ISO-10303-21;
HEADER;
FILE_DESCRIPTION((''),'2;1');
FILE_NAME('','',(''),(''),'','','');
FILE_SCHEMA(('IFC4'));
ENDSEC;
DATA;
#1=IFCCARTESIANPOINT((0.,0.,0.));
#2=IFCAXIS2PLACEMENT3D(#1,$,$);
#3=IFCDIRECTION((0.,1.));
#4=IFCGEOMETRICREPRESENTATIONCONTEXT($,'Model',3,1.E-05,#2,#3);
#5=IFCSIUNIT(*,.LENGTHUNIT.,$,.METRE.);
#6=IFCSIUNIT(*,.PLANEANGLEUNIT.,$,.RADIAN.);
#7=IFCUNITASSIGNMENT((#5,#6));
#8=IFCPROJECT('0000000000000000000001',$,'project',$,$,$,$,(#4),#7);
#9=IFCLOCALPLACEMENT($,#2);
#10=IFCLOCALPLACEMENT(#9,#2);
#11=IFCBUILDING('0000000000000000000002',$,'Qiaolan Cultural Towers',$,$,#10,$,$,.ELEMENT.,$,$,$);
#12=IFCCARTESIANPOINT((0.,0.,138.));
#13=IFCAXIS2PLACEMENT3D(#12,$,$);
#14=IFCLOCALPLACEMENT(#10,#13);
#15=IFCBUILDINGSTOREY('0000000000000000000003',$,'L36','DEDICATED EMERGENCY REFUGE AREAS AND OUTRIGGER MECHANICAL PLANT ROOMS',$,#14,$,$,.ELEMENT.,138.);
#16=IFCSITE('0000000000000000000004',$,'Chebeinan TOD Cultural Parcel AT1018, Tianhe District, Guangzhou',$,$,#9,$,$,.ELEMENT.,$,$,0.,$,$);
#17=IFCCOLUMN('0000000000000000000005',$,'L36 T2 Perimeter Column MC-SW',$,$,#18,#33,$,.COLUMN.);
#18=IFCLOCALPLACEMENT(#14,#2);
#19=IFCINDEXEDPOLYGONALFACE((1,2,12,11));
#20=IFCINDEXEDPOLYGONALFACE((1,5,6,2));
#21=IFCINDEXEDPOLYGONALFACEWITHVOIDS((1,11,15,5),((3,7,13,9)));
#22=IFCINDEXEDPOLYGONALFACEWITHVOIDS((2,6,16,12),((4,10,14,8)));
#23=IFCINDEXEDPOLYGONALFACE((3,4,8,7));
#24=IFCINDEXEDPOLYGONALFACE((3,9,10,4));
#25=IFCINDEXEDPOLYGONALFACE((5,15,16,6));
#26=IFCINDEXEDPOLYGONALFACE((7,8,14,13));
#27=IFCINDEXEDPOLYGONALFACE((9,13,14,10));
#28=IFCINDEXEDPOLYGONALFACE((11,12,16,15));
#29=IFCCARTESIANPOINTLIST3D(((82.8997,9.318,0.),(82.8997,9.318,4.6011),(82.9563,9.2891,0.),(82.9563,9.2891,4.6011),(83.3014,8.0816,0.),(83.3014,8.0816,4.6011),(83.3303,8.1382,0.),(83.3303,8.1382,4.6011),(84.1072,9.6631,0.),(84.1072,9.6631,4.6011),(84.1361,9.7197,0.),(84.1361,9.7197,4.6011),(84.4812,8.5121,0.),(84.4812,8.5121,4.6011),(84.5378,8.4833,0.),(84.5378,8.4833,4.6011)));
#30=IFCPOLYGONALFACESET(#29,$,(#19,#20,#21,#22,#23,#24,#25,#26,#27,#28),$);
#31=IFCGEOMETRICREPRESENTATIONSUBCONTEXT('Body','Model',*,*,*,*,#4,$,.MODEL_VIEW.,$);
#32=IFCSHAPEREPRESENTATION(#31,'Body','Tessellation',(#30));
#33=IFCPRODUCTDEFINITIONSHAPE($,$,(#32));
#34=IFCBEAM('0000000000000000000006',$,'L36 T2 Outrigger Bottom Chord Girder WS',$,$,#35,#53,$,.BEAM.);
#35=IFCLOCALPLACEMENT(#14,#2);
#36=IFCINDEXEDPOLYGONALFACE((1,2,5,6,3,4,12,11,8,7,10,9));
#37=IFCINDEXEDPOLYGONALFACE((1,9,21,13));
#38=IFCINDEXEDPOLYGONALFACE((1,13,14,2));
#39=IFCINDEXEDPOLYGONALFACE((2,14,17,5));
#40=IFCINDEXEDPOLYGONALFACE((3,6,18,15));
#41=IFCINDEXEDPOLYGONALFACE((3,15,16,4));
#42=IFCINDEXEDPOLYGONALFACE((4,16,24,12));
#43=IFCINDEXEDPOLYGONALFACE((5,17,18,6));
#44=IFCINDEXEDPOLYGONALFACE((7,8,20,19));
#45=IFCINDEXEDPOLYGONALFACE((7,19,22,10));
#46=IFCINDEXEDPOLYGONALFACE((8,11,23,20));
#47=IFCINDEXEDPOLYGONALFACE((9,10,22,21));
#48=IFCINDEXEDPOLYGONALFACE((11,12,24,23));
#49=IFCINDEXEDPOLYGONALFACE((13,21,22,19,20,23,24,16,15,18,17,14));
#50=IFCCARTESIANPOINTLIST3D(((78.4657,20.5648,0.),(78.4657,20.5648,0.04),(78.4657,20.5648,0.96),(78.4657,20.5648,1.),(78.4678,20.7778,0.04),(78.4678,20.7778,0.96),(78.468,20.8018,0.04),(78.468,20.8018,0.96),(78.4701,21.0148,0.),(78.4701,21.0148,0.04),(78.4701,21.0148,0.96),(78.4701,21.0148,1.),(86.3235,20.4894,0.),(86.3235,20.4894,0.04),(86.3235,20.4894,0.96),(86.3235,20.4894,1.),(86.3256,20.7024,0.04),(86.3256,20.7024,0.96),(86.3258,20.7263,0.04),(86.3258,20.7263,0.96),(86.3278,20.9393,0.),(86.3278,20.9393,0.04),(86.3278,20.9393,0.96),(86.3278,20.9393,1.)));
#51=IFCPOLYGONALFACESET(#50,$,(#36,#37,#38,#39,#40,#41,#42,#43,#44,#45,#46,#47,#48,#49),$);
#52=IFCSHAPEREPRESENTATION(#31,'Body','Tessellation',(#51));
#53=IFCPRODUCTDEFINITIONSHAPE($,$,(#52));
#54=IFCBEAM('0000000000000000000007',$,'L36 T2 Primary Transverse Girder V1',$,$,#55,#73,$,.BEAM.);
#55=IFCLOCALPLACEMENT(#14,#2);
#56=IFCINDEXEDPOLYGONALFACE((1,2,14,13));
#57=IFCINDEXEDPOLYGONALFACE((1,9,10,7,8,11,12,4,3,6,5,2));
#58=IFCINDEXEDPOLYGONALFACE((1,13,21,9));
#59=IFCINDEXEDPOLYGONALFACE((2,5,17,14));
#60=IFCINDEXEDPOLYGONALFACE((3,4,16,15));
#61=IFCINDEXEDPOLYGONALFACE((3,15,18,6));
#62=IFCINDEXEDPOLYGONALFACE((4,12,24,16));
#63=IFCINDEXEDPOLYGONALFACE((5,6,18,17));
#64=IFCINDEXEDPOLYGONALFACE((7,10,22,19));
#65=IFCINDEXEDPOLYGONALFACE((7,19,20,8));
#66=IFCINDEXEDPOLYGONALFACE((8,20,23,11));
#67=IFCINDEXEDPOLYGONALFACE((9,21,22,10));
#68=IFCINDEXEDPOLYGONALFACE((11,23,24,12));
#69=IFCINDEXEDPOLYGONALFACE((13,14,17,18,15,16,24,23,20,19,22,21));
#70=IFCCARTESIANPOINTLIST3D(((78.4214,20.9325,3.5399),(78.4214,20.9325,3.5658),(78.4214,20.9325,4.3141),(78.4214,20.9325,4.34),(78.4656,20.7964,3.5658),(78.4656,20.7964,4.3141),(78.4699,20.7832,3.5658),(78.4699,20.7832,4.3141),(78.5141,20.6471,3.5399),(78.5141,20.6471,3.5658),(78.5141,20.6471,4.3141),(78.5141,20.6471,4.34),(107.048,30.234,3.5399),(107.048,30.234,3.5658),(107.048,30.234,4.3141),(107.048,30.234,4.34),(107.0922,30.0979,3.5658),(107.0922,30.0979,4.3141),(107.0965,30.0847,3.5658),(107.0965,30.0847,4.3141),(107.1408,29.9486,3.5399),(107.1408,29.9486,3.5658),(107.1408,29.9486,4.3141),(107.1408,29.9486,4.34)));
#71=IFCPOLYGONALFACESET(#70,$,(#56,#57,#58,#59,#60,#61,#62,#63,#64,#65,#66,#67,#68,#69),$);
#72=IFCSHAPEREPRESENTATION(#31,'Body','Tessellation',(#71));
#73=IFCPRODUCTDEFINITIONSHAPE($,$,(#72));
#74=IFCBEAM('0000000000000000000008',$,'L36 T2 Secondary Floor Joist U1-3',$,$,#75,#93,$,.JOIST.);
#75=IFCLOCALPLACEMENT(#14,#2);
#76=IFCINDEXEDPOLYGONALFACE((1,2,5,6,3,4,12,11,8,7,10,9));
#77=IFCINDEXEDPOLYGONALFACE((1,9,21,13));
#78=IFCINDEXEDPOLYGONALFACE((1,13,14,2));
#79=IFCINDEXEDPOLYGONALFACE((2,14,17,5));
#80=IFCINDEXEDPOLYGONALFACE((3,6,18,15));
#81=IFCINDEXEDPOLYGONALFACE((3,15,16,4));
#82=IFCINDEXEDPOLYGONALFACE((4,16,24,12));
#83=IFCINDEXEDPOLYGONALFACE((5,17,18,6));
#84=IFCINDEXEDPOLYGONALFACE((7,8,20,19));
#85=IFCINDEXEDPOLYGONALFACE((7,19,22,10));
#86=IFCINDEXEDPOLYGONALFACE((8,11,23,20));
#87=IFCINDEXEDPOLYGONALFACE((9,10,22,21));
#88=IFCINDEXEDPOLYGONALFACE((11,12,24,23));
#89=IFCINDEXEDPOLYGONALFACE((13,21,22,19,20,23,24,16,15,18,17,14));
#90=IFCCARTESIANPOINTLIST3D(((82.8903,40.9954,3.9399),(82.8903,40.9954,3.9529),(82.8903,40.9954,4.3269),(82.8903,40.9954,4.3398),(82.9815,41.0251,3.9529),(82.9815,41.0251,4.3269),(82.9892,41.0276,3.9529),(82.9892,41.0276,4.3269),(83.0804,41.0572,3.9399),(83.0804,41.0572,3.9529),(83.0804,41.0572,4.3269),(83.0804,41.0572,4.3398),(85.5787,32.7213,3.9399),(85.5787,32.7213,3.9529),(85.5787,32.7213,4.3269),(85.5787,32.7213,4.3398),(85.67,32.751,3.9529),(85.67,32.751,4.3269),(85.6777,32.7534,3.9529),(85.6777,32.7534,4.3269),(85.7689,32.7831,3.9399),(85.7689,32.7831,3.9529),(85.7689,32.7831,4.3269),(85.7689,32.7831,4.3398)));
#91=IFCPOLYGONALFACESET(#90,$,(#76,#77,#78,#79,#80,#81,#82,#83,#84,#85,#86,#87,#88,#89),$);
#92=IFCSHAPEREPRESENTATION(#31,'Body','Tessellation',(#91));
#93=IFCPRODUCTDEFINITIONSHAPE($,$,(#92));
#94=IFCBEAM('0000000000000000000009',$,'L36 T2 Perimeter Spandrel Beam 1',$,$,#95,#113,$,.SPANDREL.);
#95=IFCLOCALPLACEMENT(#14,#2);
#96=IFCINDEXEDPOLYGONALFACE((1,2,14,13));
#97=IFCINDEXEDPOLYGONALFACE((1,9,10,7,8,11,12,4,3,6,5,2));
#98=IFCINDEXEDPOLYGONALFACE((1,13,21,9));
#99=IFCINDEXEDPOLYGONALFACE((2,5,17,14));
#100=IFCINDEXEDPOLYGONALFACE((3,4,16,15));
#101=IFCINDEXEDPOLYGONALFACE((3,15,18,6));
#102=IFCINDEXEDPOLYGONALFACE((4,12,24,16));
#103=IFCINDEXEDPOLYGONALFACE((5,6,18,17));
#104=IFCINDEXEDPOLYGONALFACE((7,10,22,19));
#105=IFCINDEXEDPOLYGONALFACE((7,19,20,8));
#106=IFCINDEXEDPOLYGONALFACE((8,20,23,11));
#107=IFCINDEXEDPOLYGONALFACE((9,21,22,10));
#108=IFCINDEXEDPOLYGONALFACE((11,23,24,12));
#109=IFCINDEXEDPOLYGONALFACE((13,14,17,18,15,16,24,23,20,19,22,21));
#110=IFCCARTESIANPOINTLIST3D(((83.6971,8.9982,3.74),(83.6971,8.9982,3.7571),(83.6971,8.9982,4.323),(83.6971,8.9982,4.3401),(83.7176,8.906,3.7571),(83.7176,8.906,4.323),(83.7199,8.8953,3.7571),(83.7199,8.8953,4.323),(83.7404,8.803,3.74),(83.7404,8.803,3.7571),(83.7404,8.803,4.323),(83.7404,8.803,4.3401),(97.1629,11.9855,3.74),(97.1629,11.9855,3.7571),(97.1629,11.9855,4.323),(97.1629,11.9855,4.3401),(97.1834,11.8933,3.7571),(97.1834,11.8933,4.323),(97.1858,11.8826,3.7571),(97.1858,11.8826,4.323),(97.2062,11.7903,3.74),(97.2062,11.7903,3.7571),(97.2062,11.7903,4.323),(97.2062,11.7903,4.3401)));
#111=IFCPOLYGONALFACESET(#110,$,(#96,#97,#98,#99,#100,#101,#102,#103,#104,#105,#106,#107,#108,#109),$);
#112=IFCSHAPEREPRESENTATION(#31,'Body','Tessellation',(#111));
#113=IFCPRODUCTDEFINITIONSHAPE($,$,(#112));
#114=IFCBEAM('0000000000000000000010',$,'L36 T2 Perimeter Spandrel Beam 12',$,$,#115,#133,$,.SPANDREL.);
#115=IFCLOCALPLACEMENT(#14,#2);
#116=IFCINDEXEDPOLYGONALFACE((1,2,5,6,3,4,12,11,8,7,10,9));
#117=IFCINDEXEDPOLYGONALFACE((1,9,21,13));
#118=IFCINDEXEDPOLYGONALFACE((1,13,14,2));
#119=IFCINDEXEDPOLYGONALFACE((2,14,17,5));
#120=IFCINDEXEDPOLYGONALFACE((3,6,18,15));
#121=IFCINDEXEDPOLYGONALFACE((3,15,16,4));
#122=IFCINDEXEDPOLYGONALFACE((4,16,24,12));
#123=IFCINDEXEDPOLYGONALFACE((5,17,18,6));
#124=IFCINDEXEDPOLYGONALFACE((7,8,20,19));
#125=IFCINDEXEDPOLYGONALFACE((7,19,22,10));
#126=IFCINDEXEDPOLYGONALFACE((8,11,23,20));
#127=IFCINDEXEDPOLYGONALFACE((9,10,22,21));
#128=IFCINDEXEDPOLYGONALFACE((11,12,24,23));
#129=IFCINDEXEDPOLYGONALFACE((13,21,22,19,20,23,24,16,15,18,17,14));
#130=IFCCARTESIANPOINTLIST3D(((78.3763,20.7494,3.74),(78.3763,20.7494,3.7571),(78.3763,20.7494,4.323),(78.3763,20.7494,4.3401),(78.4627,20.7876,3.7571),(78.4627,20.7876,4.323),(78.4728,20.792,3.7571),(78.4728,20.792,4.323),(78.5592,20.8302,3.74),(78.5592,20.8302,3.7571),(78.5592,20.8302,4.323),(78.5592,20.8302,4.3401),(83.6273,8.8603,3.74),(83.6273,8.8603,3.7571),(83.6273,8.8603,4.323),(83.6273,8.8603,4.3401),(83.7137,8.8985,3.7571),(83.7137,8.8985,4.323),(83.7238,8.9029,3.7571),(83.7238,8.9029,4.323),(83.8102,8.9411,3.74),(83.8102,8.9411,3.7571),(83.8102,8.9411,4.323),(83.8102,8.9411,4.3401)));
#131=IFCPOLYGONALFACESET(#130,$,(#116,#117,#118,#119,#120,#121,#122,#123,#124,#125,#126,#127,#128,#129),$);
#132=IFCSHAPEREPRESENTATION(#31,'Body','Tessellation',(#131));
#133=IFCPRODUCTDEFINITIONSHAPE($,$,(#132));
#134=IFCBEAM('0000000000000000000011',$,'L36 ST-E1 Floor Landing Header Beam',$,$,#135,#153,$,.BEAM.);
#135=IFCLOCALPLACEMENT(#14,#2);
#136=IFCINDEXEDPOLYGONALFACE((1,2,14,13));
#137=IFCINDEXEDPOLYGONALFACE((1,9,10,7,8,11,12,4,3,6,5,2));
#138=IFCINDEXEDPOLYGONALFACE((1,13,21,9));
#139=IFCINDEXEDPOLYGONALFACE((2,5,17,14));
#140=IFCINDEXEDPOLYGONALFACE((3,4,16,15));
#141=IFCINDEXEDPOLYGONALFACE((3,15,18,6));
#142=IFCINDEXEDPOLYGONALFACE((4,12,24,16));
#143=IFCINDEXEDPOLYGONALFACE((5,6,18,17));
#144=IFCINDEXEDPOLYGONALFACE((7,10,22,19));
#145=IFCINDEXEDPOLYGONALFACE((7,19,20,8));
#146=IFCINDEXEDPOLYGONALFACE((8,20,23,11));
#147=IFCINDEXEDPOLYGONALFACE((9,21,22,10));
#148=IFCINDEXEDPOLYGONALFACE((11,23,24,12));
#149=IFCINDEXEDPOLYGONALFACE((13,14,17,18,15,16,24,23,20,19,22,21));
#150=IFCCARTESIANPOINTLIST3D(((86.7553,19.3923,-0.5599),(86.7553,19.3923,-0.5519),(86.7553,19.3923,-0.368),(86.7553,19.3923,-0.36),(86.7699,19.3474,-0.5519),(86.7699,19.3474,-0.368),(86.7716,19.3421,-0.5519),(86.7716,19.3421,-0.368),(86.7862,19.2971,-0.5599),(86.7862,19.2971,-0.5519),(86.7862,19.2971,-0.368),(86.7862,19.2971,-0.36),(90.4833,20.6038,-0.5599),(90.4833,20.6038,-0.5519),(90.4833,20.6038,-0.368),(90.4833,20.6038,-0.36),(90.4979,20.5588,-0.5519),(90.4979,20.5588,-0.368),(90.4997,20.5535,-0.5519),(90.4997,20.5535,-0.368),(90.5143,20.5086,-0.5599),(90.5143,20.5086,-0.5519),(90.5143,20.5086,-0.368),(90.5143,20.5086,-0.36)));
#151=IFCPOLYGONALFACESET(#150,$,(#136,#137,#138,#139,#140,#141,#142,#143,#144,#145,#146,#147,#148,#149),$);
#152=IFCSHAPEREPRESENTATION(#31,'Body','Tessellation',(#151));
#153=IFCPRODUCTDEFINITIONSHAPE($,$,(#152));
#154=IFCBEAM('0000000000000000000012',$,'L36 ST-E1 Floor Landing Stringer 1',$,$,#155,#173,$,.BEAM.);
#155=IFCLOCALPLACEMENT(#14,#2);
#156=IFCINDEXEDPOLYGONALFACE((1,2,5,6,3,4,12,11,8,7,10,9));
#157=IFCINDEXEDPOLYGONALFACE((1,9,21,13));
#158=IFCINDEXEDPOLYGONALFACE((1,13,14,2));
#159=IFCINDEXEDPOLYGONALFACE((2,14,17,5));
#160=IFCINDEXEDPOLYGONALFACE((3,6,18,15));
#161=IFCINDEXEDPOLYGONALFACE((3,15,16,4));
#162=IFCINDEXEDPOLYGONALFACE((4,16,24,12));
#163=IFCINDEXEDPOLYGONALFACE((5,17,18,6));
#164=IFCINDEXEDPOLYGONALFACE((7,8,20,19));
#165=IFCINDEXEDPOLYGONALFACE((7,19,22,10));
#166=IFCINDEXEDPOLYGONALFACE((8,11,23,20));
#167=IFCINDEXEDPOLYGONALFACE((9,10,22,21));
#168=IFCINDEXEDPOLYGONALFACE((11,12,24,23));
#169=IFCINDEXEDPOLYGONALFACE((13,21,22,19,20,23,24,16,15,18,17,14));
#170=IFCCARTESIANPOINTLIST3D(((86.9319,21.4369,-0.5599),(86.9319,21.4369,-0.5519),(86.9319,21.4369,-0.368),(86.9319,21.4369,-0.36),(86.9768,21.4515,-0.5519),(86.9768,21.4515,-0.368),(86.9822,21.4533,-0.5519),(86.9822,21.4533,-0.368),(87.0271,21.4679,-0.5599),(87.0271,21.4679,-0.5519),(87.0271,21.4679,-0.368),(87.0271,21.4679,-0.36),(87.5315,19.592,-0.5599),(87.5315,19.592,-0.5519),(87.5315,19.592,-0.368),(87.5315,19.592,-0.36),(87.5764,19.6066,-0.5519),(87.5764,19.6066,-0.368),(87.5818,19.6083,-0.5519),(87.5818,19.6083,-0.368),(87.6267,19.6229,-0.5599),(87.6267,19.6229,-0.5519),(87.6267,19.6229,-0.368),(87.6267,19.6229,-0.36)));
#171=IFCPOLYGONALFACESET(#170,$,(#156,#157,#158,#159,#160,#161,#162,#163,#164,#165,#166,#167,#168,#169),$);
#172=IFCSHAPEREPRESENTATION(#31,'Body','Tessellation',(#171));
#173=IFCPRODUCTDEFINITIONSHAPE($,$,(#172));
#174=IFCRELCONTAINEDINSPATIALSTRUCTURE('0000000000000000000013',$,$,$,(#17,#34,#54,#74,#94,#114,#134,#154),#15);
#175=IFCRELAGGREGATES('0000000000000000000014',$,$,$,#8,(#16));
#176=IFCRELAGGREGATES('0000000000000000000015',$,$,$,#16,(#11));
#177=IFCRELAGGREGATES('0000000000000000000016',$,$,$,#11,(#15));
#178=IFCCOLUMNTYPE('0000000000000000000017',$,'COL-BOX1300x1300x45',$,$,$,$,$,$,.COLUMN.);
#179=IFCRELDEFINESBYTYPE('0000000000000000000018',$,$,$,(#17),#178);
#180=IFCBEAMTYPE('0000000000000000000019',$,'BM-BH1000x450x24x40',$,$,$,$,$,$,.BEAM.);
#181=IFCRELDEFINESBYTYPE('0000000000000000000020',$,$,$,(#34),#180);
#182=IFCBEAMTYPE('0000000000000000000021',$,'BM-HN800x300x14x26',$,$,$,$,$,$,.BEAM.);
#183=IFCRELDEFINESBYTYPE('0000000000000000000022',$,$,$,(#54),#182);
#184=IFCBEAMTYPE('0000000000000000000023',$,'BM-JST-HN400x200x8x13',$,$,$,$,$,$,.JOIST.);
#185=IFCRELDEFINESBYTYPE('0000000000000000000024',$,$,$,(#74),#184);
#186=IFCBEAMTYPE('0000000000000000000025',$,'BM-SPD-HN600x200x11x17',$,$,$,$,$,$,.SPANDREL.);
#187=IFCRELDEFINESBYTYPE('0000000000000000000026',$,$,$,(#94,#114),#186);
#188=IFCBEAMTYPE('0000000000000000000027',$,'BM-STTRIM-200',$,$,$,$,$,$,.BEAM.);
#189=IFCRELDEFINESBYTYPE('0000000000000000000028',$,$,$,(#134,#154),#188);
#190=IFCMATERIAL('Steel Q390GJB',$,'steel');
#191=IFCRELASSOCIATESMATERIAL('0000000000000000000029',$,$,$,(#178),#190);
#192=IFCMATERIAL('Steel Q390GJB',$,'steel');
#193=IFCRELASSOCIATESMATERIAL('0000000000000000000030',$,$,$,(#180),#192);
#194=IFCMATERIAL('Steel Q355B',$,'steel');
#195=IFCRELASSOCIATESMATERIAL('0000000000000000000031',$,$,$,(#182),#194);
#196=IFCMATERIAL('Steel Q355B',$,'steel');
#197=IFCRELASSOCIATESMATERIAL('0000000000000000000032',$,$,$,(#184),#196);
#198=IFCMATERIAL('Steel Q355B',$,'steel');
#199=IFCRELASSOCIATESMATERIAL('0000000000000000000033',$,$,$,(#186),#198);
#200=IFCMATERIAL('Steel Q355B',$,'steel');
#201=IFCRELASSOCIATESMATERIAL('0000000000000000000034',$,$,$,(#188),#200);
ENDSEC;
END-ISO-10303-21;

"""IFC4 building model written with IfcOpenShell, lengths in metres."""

from ifc_helpers import new_model, si_unit, direction, frame, origin, origin_2d, place, context, subcontext, project, spatial, hollow_rectangle, i_section, extrude, material, material_profile, profile_set, type_object, element, save


model = new_model("IFC4")

# Units and contexts
model_context = context("Model", 3, precision=1e-05, world=origin(), true_north=direction((0.0, 1.0)))
body_context = subcontext(model_context, "Body", "Model", "MODEL_VIEW")
ifc_project = project(units=[si_unit("LENGTHUNIT", "METRE"), si_unit("PLANEANGLEUNIT", "RADIAN")], contexts=[model_context])

# Site, building, storey
site_placement = place(None, origin())
site = spatial("IfcSite", under=ifc_project, at=site_placement, Name="Chebeinan TOD Cultural Parcel AT1018, Tianhe District, Guangzhou", CompositionType="ELEMENT", RefElevation=0.0)
building_placement = place(site_placement, origin())
building = spatial("IfcBuilding", under=site, at=building_placement, Name="Qiaolan Cultural Towers", CompositionType="ELEMENT")
storey_placement = place(building_placement, frame((0.0, 0.0, 138.0)))
storey = spatial("IfcBuildingStorey", under=building, at=storey_placement, Name="L36", Description="DEDICATED EMERGENCY REFUGE AREAS AND OUTRIGGER MECHANICAL PLANT ROOMS", CompositionType="ELEMENT", Elevation=138.0)

# Column
ifc_material_1 = material(Name="Steel Q390GJB", Category="steel")
ifc_material_profile_1 = material_profile(ifc_material_1, hollow_rectangle(XDim=1.3, YDim=1.3, WallThickness=0.0449, at=origin_2d()), Name="BOX1300x1300x45")
ifc_profile_set_1 = profile_set([ifc_material_profile_1], Name="Steel Q390GJB")
column_type = type_object("IfcColumnType", Name="COL-BOX1300x1300x45", PredefinedType="COLUMN", material=ifc_profile_set_1)
column_placement = place(storey_placement, frame((83.7188, 8.9006, 0.0), z_axis=(0.0, 0.0, 1.0), x_axis=(0.951057, 0.309017, 0.0)))
element("IfcColumn", 1, at=column_placement, inside=storey, type_object=column_type, Name="L36 T2 Perimeter Column MC-SW", PredefinedType="COLUMN", context=body_context, shape_type="SweptSolid", body=[
    extrude(hollow_rectangle(XDim=1.3, YDim=1.3, WallThickness=0.0449, at=origin_2d()), origin(), (0.0, 0.0, 1.0), 4.6011),
])

# Beams
ifc_material_2 = material(Name="Steel Q390GJB", Category="steel")
ifc_material_profile_2 = material_profile(ifc_material_2, i_section(OverallWidth=0.45, OverallDepth=1.0, WebThickness=0.0239, FlangeThickness=0.04, at=origin_2d()), Name="BH1000x450x24x40")
ifc_profile_set_2 = profile_set([ifc_material_profile_2], Name="Steel Q390GJB")
beam_type_1 = type_object("IfcBeamType", Name="BM-BH1000x450x24x40", PredefinedType="BEAM", material=ifc_profile_set_2)
beam_1_placement = place(storey_placement, frame((86.3257, 20.7144, 0.5), z_axis=(-0.999954, 0.0096, 0.0), x_axis=(-0.0096, -0.999954, 0.0)))
element("IfcBeam", 2, at=beam_1_placement, inside=storey, type_object=beam_type_1, Name="L36 T2 Outrigger Bottom Chord Girder WS", PredefinedType="BEAM", context=body_context, shape_type="SweptSolid", body=[
    extrude(i_section(OverallWidth=0.45, OverallDepth=1.0, WebThickness=0.0239, FlangeThickness=0.04, at=origin_2d()), origin(), (0.0, 0.0, 1.0), 7.8582),
])
ifc_material_3 = material(Name="Steel Q355B", Category="steel")
ifc_material_profile_3 = material_profile(ifc_material_3, i_section(OverallWidth=0.3, OverallDepth=0.8, WebThickness=0.0139, FlangeThickness=0.0259, at=origin_2d()), Name="HN800x300x14x26")
ifc_profile_set_3 = profile_set([ifc_material_profile_3], Name="Steel Q355B")
beam_type_2 = type_object("IfcBeamType", Name="BM-HN800x300x14x26", PredefinedType="BEAM", material=ifc_profile_set_3)
beam_2_placement = place(storey_placement, frame((78.4678, 20.7898, 3.9399), z_axis=(0.951055, 0.309021, 0.0), x_axis=(-0.309021, 0.951055, 0.0)))
element("IfcBeam", 3, at=beam_2_placement, inside=storey, type_object=beam_type_2, Name="L36 T2 Primary Transverse Girder V1", PredefinedType="BEAM", context=body_context, shape_type="SweptSolid", body=[
    extrude(i_section(OverallWidth=0.3, OverallDepth=0.8, WebThickness=0.0139, FlangeThickness=0.0259, at=origin_2d()), origin(), (0.0, 0.0, 1.0), 30.0999),
])
ifc_material_4 = material(Name="Steel Q355B", Category="steel")
ifc_material_profile_4 = material_profile(ifc_material_4, i_section(OverallWidth=0.2, OverallDepth=0.3999, WebThickness=0.0081, FlangeThickness=0.0129, at=origin_2d()), Name="HN400x200x8x13")
ifc_profile_set_4 = profile_set([ifc_material_profile_4], Name="Steel Q355B")
beam_type_3 = type_object("IfcBeamType", Name="BM-JST-HN400x200x8x13", PredefinedType="JOIST", material=ifc_profile_set_4)
beam_3_placement = place(storey_placement, frame((85.6738, 32.7522, 4.1399), z_axis=(-0.309021, 0.951055, 0.0), x_axis=(-0.951055, -0.309021, 0.0)))
element("IfcBeam", 4, at=beam_3_placement, inside=storey, type_object=beam_type_3, Name="L36 T2 Secondary Floor Joist U1-3", PredefinedType="JOIST", context=body_context, shape_type="SweptSolid", body=[
    extrude(i_section(OverallWidth=0.2, OverallDepth=0.3999, WebThickness=0.0081, FlangeThickness=0.0129, at=origin_2d()), origin(), (0.0, 0.0, 1.0), 8.7),
])
ifc_material_5 = material(Name="Steel Q355B", Category="steel")
ifc_material_profile_5 = material_profile(ifc_material_5, i_section(OverallWidth=0.2, OverallDepth=0.6001, WebThickness=0.011, FlangeThickness=0.0171, at=origin_2d()), Name="HN600x200x11x17")
ifc_profile_set_5 = profile_set([ifc_material_profile_5], Name="Steel Q355B")
beam_type_4 = type_object("IfcBeamType", Name="BM-SPD-HN600x200x11x17", PredefinedType="SPANDREL", material=ifc_profile_set_5)
beam_4_placement = place(storey_placement, frame((83.7188, 8.9006, 4.04), z_axis=(0.976265, 0.216578, 0.0), x_axis=(-0.216578, 0.976265, 0.0)))
element("IfcBeam", 5, at=beam_4_placement, inside=storey, type_object=beam_type_4, Name="L36 T2 Perimeter Spandrel Beam 1", PredefinedType="SPANDREL", context=body_context, shape_type="SweptSolid", body=[
    extrude(i_section(OverallWidth=0.2, OverallDepth=0.6001, WebThickness=0.011, FlangeThickness=0.0171, at=origin_2d()), origin(), (0.0, 0.0, 1.0), 13.7932),
])
beam_5_placement = place(storey_placement, frame((78.4678, 20.7898, 4.04), z_axis=(0.404011, -0.914754, 0.0), x_axis=(0.914754, 0.404011, 0.0)))
element("IfcBeam", 6, at=beam_5_placement, inside=storey, type_object=beam_type_4, Name="L36 T2 Perimeter Spandrel Beam 12", PredefinedType="SPANDREL", context=body_context, shape_type="SweptSolid", body=[
    extrude(i_section(OverallWidth=0.2, OverallDepth=0.6001, WebThickness=0.011, FlangeThickness=0.0171, at=origin_2d()), origin(), (0.0, 0.0, 1.0), 12.9971),
])
ifc_material_6 = material(Name="Steel Q355B", Category="steel")
ifc_material_profile_6 = material_profile(ifc_material_6, i_section(OverallWidth=0.1001, OverallDepth=0.2, WebThickness=0.0056, FlangeThickness=0.0081, at=origin_2d()), Name="HN200x100x5.5x8")
ifc_profile_set_6 = profile_set([ifc_material_profile_6], Name="Steel Q355B")
beam_type_5 = type_object("IfcBeamType", Name="BM-STTRIM-200", PredefinedType="BEAM", material=ifc_profile_set_6)
beam_6_placement = place(storey_placement, frame((86.7708, 19.3447, -0.46), z_axis=(0.951048, 0.309044, 0.0), x_axis=(-0.309044, 0.951048, 0.0)))
element("IfcBeam", 7, at=beam_6_placement, inside=storey, type_object=beam_type_5, Name="L36 ST-E1 Floor Landing Header Beam", PredefinedType="BEAM", context=body_context, shape_type="SweptSolid", body=[
    extrude(i_section(OverallWidth=0.1001, OverallDepth=0.2, WebThickness=0.0056, FlangeThickness=0.0081, at=origin_2d()), origin(), (0.0, 0.0, 1.0), 3.9199),
])
beam_7_placement = place(storey_placement, frame((86.9795, 21.4524, -0.46), z_axis=(0.309083, -0.951035, 0.0), x_axis=(0.951035, 0.309083, 0.0)))
element("IfcBeam", 8, at=beam_7_placement, inside=storey, type_object=beam_type_5, Name="L36 ST-E1 Floor Landing Stringer 1", PredefinedType="BEAM", context=body_context, shape_type="SweptSolid", body=[
    extrude(i_section(OverallWidth=0.1001, OverallDepth=0.2, WebThickness=0.0056, FlangeThickness=0.0081, at=origin_2d()), origin(), (0.0, 0.0, 1.0), 1.9399),
])

save(model, "model.ifc")
